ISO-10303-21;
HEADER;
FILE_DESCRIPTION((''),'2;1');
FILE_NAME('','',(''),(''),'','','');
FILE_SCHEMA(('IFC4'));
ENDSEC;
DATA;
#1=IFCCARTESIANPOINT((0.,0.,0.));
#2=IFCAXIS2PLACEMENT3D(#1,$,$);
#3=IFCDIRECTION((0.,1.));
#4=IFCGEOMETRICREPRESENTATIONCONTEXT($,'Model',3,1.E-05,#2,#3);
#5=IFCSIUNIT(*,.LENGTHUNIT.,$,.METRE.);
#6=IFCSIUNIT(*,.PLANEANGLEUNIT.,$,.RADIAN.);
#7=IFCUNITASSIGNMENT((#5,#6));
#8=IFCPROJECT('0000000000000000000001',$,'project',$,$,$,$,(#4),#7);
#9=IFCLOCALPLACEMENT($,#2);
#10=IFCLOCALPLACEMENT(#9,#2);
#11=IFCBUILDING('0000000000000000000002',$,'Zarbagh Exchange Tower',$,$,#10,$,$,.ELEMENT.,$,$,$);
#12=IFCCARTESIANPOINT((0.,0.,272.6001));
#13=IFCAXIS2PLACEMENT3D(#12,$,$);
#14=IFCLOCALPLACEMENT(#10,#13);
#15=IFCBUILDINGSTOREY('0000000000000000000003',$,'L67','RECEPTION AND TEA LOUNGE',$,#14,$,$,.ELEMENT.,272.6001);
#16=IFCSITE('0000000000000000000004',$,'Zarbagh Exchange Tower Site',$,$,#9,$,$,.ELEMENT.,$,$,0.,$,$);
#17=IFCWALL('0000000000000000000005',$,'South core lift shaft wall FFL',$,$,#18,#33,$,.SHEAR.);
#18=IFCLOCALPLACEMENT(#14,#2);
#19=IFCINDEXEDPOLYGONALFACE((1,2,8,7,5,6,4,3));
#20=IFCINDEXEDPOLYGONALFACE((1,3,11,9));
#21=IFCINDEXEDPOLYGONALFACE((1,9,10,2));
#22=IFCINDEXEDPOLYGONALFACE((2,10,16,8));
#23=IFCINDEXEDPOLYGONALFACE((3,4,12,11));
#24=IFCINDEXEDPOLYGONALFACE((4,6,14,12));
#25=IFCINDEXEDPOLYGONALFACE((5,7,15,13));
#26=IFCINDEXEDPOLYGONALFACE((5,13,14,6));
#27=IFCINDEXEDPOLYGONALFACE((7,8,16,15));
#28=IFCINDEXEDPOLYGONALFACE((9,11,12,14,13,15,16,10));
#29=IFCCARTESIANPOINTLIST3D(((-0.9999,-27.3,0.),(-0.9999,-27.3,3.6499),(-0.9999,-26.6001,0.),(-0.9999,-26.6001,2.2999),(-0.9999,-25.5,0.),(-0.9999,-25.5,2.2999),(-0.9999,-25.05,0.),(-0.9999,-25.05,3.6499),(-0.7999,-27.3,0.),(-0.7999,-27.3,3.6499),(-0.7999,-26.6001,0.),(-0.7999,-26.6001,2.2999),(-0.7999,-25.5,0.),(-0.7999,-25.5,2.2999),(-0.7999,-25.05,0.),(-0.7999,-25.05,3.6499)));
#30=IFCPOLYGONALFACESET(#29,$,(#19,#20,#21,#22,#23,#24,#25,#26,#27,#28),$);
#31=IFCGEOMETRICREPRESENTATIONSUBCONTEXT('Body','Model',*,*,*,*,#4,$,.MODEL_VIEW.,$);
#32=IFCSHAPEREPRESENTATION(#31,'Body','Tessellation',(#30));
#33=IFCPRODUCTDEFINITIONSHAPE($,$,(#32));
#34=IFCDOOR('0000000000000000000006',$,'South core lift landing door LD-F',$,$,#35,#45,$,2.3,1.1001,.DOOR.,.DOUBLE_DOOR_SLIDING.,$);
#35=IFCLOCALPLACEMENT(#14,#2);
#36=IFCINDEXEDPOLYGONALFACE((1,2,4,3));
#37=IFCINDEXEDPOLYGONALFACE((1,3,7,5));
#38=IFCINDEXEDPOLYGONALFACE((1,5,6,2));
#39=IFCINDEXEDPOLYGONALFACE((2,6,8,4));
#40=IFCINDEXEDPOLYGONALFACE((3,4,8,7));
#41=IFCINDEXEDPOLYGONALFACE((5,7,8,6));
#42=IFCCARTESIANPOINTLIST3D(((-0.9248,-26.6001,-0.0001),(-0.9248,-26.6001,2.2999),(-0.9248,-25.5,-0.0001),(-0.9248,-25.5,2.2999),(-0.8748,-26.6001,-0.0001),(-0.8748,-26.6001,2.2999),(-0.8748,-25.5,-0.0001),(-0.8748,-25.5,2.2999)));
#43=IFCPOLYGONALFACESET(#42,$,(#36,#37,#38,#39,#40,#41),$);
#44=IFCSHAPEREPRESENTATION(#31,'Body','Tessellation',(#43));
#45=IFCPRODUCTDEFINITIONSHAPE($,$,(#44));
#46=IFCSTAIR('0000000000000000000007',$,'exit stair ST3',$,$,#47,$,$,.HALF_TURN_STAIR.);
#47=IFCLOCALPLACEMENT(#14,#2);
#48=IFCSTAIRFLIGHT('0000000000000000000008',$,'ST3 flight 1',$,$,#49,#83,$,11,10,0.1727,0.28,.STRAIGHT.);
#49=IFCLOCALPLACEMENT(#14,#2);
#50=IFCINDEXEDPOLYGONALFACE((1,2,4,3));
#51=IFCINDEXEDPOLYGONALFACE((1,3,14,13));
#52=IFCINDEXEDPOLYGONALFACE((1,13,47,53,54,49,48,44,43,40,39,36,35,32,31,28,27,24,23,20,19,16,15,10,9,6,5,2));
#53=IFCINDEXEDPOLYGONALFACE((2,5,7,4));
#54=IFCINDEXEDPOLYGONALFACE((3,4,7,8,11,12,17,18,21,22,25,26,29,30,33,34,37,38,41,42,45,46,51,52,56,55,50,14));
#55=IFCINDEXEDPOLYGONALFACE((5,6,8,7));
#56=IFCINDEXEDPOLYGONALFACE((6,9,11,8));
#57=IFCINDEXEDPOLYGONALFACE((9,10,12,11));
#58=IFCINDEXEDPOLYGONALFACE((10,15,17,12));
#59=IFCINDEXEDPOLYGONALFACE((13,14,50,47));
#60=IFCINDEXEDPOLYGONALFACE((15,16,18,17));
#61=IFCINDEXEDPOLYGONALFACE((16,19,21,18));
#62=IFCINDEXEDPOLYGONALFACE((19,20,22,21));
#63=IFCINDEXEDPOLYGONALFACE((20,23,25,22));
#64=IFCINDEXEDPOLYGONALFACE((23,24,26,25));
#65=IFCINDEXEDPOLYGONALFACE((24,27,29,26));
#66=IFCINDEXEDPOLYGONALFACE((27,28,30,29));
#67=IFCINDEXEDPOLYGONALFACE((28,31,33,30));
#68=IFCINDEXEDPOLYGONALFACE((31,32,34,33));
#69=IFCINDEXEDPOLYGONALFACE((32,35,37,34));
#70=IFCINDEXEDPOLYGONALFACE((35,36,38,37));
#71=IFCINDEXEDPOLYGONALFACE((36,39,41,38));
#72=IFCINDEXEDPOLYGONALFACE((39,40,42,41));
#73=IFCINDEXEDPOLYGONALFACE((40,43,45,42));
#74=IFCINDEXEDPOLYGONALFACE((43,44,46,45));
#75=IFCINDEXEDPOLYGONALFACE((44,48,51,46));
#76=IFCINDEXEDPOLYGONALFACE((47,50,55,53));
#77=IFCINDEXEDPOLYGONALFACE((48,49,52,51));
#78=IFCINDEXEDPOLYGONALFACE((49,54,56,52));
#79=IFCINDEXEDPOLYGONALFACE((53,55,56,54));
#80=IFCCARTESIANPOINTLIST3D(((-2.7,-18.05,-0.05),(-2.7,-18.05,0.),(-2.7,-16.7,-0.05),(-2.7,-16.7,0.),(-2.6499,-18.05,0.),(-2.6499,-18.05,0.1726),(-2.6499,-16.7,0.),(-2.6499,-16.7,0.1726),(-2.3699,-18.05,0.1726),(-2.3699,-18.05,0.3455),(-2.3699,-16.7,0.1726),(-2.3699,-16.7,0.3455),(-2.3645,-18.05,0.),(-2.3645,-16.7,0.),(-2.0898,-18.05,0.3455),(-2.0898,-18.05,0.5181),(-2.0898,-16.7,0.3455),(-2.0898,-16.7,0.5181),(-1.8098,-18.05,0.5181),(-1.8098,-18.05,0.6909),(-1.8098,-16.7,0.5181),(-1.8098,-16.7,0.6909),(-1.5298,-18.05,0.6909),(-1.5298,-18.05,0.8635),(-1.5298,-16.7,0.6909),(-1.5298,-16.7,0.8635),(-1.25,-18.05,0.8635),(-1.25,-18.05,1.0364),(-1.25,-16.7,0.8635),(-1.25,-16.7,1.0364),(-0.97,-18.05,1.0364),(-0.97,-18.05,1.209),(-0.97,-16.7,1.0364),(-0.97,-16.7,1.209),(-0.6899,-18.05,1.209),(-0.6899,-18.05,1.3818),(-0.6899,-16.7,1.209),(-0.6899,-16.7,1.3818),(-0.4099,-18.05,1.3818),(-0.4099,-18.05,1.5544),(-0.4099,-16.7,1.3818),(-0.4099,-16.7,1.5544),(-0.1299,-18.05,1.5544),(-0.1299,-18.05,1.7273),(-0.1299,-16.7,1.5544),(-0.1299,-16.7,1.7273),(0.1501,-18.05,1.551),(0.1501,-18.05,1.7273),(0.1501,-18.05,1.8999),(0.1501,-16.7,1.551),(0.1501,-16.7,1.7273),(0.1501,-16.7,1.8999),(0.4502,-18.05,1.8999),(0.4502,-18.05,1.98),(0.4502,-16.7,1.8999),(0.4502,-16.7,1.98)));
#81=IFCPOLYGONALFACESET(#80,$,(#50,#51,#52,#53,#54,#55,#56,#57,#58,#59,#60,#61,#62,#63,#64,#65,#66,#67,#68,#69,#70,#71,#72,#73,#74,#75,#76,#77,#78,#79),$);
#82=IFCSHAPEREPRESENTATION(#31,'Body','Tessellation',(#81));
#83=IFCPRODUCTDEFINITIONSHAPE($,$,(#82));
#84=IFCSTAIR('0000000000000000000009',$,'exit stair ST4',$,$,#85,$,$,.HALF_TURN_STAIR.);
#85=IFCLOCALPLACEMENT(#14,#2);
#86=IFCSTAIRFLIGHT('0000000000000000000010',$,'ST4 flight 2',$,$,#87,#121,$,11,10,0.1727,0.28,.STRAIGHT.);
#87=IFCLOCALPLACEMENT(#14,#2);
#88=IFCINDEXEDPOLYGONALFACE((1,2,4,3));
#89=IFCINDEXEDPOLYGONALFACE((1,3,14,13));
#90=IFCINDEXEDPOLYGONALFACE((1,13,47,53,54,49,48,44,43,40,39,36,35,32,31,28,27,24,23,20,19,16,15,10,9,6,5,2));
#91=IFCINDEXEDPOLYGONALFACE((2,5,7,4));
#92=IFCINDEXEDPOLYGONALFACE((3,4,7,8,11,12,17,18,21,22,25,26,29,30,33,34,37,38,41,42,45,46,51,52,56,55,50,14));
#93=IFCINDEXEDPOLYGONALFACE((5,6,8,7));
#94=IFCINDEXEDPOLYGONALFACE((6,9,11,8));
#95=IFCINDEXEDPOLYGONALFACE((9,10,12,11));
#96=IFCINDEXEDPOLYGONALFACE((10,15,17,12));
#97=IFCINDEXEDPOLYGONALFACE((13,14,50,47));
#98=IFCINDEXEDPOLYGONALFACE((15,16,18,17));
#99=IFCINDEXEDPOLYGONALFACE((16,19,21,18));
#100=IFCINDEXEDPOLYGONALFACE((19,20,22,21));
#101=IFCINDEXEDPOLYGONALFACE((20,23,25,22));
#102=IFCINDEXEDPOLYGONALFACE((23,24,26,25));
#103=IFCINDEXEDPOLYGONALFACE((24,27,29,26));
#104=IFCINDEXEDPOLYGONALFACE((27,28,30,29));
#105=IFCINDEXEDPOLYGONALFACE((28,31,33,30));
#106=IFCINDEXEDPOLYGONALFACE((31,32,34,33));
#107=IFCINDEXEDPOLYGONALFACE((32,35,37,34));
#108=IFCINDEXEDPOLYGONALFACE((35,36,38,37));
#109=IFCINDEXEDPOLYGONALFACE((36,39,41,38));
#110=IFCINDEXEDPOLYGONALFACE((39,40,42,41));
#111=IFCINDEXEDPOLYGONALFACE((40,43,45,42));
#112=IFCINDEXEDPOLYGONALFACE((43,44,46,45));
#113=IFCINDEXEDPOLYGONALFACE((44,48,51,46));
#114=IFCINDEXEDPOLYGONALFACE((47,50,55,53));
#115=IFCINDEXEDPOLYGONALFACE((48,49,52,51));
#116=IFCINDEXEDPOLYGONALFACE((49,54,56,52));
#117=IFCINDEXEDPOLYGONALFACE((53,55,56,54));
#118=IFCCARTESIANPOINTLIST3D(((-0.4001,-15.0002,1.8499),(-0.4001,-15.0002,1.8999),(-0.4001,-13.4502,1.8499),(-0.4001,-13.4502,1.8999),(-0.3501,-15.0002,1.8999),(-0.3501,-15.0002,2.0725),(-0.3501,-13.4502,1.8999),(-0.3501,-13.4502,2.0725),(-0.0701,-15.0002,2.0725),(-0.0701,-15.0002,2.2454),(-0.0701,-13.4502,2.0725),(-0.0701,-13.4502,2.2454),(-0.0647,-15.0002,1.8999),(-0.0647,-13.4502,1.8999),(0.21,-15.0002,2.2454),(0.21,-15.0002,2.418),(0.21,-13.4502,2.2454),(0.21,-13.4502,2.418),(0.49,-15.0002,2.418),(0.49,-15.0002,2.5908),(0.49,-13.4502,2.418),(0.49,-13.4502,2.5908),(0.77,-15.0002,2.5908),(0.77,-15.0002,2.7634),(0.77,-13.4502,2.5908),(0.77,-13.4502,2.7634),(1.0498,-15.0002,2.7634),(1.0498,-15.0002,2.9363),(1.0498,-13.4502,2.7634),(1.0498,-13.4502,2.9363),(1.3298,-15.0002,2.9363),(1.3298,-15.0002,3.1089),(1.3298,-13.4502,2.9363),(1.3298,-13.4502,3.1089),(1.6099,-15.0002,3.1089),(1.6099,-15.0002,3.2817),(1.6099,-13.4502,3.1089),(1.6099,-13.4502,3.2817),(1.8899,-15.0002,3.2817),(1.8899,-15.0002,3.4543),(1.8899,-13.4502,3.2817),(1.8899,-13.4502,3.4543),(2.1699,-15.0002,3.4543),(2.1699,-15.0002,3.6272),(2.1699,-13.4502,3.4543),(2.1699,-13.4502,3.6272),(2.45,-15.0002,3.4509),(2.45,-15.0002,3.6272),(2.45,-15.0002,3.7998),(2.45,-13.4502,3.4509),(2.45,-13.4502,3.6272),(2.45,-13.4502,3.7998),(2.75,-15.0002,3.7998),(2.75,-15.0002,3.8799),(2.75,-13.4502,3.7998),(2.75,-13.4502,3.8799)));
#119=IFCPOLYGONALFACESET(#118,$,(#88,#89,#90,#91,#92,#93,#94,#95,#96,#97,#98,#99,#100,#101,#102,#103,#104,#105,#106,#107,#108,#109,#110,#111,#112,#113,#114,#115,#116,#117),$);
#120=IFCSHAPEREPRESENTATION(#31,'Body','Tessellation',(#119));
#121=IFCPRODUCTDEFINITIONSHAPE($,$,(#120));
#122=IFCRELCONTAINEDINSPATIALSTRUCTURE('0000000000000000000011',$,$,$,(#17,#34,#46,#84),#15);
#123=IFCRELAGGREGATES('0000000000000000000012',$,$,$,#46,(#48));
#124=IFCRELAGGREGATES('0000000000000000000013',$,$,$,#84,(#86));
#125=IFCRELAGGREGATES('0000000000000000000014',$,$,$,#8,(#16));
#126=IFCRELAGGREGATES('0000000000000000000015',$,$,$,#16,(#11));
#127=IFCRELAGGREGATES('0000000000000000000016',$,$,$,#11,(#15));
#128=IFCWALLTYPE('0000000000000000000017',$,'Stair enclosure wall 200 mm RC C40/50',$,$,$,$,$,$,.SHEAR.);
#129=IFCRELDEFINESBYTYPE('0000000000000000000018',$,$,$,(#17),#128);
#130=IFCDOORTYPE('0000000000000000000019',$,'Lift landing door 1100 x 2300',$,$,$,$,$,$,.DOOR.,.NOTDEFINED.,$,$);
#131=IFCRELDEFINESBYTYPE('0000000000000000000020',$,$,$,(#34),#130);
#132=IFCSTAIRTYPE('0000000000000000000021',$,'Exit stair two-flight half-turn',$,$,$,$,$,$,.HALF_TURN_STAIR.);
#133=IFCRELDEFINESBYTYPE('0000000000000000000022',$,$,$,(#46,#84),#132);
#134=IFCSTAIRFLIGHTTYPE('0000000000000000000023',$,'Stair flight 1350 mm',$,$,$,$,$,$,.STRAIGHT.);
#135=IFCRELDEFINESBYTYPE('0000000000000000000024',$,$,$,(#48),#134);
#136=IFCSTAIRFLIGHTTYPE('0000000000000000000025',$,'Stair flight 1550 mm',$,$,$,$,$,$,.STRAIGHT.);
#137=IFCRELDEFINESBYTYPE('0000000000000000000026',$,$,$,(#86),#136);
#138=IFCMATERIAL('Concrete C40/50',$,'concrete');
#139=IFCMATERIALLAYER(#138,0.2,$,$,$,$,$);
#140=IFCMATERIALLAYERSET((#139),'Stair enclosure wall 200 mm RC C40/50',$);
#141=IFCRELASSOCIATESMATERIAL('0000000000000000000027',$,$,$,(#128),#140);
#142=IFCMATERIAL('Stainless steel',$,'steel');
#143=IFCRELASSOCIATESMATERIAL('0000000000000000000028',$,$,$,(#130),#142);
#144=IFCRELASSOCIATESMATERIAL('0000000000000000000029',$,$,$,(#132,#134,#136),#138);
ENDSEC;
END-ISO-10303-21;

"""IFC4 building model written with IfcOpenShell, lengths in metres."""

from ifc_helpers import new_model, si_unit, direction, frame, frame_2d, origin, place, context, subcontext, project, spatial, polyline, rectangle, outline, extrude, material, layer, layer_set, type_object, element, fill, aggregate, save


model = new_model("IFC4")

# Units and contexts
model_context = context("Model", 3, precision=1e-05, world=origin(), true_north=direction((0.0, 1.0)))
body_context = subcontext(model_context, "Body", "Model", "MODEL_VIEW")
ifc_project = project(units=[si_unit("LENGTHUNIT", "METRE"), si_unit("PLANEANGLEUNIT", "RADIAN")], contexts=[model_context])

# Site, building, storey
site_placement = place(None, origin())
site = spatial("IfcSite", under=ifc_project, at=site_placement, Name="Zarbagh Exchange Tower Site", CompositionType="ELEMENT", RefElevation=0.0)
building_placement = place(site_placement, origin())
building = spatial("IfcBuilding", under=site, at=building_placement, Name="Zarbagh Exchange Tower", CompositionType="ELEMENT")
storey_placement = place(building_placement, frame((0.0, 0.0, 272.6001)))
storey = spatial("IfcBuildingStorey", under=building, at=storey_placement, Name="L67", Description="RECEPTION AND TEA LOUNGE", CompositionType="ELEMENT", Elevation=272.6001)

# Shared definitions
ifc_material_1 = material(Name="Concrete C40/50", Category="concrete")

# Wall, opening, door
ifc_layer_1 = layer(ifc_material_1, 0.2)
ifc_layer_set_1 = layer_set([ifc_layer_1], Name="Stair enclosure wall 200 mm RC C40/50")
wall_type_1 = type_object("IfcWallType", Name="Stair enclosure wall 200 mm RC C40/50", PredefinedType="SHEAR", material=ifc_layer_set_1)
wall_1_placement = place(storey_placement, frame((-0.8999, -27.3, 0.0), z_axis=(0.0, 0.0, 1.0), x_axis=(0.0, 1.0, 0.0)))
wall_1 = element("IfcWall", 1, at=wall_1_placement, inside=storey, type_object=wall_type_1, Name="South core lift shaft wall FFL", PredefinedType="SHEAR", context=body_context, shape_type="SweptSolid", body=[
    extrude(rectangle(XDim=2.25, YDim=0.2, at=frame_2d((1.125, 0.0))), origin(), (0.0, 0.0, 1.0), 3.6499),
])
opening_1_placement = place(wall_1_placement, frame((0.7, 0.0, 0.0)))
opening_1 = element("IfcOpeningElement", 2, at=opening_1_placement, cuts=wall_1, PredefinedType="OPENING", context=body_context, shape_type="SweptSolid", body=[
    extrude(rectangle(XDim=1.1001, YDim=2.3, at=frame_2d((0.55, 1.1499))), frame((0.0, 0.1099, 0.0), z_axis=(0.0, -1.0, 0.0), x_axis=(1.0, 0.0, 0.0)), (0.0, 0.0, 1.0), 0.22),
])
ifc_material_2 = material(Name="Stainless steel", Category="steel")
door_type_1 = type_object("IfcDoorType", Name="Lift landing door 1100 x 2300", OperationType="NOTDEFINED", PredefinedType="DOOR", material=ifc_material_2)
door_1_placement = place(opening_1_placement, origin())
door_1 = element("IfcDoor", 3, at=door_1_placement, inside=storey, type_object=door_type_1, Name="South core lift landing door LD-F", OperationType="DOUBLE_DOOR_SLIDING", OverallHeight=2.3, OverallWidth=1.1001, PredefinedType="DOOR", context=body_context, shape_type="SweptSolid", body=[
    extrude(rectangle(XDim=1.1001, YDim=2.3, at=frame_2d((0.55, 1.1499))), frame((0.0, 0.0249, 0.0), z_axis=(0.0, -1.0, 0.0), x_axis=(1.0, 0.0, 0.0)), (0.0, 0.0, 1.0), 0.05),
])
fill(opening_1, door_1)

# Stairs, stair flights
stair_type = type_object("IfcStairType", Name="Exit stair two-flight half-turn", PredefinedType="HALF_TURN_STAIR", material=ifc_material_1)
stair_1_placement = place(storey_placement, origin())
stair_1 = element("IfcStair", 4, at=stair_1_placement, inside=storey, type_object=stair_type, Name="exit stair ST3", PredefinedType="HALF_TURN_STAIR")
stair_flight_type_1 = type_object("IfcStairFlightType", Name="Stair flight 1350 mm", PredefinedType="STRAIGHT", material=ifc_material_1)
stair_flight_1_placement = place(storey_placement, frame((-2.6499, -17.375, 0.0), z_axis=(0.0, 0.0, 1.0), x_axis=(1.0, 0.0, 0.0)))
stair_flight_1 = element("IfcStairFlight", 5, at=stair_flight_1_placement, type_object=stair_flight_type_1, Name="ST3 flight 1", NumberOfRisers=11, NumberOfTreads=10, PredefinedType="STRAIGHT", RiserHeight=0.1727, TreadLength=0.28, context=body_context, shape_type="SweptSolid", body=[
    extrude(outline(polyline([(-0.05, -0.05), (-0.05, 0.0), (0.0, 0.0), (0.0, 0.1726), (0.28, 0.1726), (0.28, 0.3455), (0.5601, 0.3455), (0.5601, 0.5181), (0.8401, 0.5181), (0.8401, 0.6909), (1.1201, 0.6909), (1.1201, 0.8635), (1.3999, 0.8635), (1.3999, 1.0364), (1.6799, 1.0364), (1.6799, 1.209), (1.96, 1.209), (1.96, 1.3818), (2.24, 1.3818), (2.24, 1.5544), (2.52, 1.5544), (2.52, 1.7273), (2.8, 1.7273), (2.8, 1.8999), (3.1001, 1.98), (3.1001, 1.8999), (2.8, 1.551), (0.2854, 0.0), (-0.05, -0.05)])), frame((0.0, 0.675, 0.0), z_axis=(0.0, -1.0, 0.0), x_axis=(1.0, 0.0, 0.0)), (0.0, 0.0, 1.0), 1.3501),
])
aggregate(stair_1, [stair_flight_1])
stair_2_placement = place(storey_placement, origin())
stair_2 = element("IfcStair", 6, at=stair_2_placement, inside=storey, type_object=stair_type, Name="exit stair ST4", PredefinedType="HALF_TURN_STAIR")
stair_flight_type_2 = type_object("IfcStairFlightType", Name="Stair flight 1550 mm", PredefinedType="STRAIGHT", material=ifc_material_1)
stair_flight_2_placement = place(storey_placement, frame((-0.3501, -14.2251, 1.8999), z_axis=(0.0, 0.0, 1.0), x_axis=(1.0, 0.0, 0.0)))
stair_flight_2 = element("IfcStairFlight", 7, at=stair_flight_2_placement, type_object=stair_flight_type_2, Name="ST4 flight 2", NumberOfRisers=11, NumberOfTreads=10, PredefinedType="STRAIGHT", RiserHeight=0.1727, TreadLength=0.28, context=body_context, shape_type="SweptSolid", body=[
    extrude(outline(polyline([(-0.05, -0.05), (-0.05, 0.0), (0.0, 0.0), (0.0, 0.1726), (0.28, 0.1726), (0.28, 0.3455), (0.5601, 0.3455), (0.5601, 0.5181), (0.8401, 0.5181), (0.8401, 0.6909), (1.1201, 0.6909), (1.1201, 0.8635), (1.3999, 0.8635), (1.3999, 1.0364), (1.6799, 1.0364), (1.6799, 1.209), (1.96, 1.209), (1.96, 1.3818), (2.24, 1.3818), (2.24, 1.5544), (2.52, 1.5544), (2.52, 1.7273), (2.8, 1.7273), (2.8, 1.8999), (3.1001, 1.98), (3.1001, 1.8999), (2.8, 1.551), (0.2854, 0.0), (-0.05, -0.05)])), frame((0.0, 0.7749, 0.0), z_axis=(0.0, -1.0, 0.0), x_axis=(1.0, 0.0, 0.0)), (0.0, 0.0, 1.0), 1.55),
])
aggregate(stair_2, [stair_flight_2])

save(model, "model.ifc")
